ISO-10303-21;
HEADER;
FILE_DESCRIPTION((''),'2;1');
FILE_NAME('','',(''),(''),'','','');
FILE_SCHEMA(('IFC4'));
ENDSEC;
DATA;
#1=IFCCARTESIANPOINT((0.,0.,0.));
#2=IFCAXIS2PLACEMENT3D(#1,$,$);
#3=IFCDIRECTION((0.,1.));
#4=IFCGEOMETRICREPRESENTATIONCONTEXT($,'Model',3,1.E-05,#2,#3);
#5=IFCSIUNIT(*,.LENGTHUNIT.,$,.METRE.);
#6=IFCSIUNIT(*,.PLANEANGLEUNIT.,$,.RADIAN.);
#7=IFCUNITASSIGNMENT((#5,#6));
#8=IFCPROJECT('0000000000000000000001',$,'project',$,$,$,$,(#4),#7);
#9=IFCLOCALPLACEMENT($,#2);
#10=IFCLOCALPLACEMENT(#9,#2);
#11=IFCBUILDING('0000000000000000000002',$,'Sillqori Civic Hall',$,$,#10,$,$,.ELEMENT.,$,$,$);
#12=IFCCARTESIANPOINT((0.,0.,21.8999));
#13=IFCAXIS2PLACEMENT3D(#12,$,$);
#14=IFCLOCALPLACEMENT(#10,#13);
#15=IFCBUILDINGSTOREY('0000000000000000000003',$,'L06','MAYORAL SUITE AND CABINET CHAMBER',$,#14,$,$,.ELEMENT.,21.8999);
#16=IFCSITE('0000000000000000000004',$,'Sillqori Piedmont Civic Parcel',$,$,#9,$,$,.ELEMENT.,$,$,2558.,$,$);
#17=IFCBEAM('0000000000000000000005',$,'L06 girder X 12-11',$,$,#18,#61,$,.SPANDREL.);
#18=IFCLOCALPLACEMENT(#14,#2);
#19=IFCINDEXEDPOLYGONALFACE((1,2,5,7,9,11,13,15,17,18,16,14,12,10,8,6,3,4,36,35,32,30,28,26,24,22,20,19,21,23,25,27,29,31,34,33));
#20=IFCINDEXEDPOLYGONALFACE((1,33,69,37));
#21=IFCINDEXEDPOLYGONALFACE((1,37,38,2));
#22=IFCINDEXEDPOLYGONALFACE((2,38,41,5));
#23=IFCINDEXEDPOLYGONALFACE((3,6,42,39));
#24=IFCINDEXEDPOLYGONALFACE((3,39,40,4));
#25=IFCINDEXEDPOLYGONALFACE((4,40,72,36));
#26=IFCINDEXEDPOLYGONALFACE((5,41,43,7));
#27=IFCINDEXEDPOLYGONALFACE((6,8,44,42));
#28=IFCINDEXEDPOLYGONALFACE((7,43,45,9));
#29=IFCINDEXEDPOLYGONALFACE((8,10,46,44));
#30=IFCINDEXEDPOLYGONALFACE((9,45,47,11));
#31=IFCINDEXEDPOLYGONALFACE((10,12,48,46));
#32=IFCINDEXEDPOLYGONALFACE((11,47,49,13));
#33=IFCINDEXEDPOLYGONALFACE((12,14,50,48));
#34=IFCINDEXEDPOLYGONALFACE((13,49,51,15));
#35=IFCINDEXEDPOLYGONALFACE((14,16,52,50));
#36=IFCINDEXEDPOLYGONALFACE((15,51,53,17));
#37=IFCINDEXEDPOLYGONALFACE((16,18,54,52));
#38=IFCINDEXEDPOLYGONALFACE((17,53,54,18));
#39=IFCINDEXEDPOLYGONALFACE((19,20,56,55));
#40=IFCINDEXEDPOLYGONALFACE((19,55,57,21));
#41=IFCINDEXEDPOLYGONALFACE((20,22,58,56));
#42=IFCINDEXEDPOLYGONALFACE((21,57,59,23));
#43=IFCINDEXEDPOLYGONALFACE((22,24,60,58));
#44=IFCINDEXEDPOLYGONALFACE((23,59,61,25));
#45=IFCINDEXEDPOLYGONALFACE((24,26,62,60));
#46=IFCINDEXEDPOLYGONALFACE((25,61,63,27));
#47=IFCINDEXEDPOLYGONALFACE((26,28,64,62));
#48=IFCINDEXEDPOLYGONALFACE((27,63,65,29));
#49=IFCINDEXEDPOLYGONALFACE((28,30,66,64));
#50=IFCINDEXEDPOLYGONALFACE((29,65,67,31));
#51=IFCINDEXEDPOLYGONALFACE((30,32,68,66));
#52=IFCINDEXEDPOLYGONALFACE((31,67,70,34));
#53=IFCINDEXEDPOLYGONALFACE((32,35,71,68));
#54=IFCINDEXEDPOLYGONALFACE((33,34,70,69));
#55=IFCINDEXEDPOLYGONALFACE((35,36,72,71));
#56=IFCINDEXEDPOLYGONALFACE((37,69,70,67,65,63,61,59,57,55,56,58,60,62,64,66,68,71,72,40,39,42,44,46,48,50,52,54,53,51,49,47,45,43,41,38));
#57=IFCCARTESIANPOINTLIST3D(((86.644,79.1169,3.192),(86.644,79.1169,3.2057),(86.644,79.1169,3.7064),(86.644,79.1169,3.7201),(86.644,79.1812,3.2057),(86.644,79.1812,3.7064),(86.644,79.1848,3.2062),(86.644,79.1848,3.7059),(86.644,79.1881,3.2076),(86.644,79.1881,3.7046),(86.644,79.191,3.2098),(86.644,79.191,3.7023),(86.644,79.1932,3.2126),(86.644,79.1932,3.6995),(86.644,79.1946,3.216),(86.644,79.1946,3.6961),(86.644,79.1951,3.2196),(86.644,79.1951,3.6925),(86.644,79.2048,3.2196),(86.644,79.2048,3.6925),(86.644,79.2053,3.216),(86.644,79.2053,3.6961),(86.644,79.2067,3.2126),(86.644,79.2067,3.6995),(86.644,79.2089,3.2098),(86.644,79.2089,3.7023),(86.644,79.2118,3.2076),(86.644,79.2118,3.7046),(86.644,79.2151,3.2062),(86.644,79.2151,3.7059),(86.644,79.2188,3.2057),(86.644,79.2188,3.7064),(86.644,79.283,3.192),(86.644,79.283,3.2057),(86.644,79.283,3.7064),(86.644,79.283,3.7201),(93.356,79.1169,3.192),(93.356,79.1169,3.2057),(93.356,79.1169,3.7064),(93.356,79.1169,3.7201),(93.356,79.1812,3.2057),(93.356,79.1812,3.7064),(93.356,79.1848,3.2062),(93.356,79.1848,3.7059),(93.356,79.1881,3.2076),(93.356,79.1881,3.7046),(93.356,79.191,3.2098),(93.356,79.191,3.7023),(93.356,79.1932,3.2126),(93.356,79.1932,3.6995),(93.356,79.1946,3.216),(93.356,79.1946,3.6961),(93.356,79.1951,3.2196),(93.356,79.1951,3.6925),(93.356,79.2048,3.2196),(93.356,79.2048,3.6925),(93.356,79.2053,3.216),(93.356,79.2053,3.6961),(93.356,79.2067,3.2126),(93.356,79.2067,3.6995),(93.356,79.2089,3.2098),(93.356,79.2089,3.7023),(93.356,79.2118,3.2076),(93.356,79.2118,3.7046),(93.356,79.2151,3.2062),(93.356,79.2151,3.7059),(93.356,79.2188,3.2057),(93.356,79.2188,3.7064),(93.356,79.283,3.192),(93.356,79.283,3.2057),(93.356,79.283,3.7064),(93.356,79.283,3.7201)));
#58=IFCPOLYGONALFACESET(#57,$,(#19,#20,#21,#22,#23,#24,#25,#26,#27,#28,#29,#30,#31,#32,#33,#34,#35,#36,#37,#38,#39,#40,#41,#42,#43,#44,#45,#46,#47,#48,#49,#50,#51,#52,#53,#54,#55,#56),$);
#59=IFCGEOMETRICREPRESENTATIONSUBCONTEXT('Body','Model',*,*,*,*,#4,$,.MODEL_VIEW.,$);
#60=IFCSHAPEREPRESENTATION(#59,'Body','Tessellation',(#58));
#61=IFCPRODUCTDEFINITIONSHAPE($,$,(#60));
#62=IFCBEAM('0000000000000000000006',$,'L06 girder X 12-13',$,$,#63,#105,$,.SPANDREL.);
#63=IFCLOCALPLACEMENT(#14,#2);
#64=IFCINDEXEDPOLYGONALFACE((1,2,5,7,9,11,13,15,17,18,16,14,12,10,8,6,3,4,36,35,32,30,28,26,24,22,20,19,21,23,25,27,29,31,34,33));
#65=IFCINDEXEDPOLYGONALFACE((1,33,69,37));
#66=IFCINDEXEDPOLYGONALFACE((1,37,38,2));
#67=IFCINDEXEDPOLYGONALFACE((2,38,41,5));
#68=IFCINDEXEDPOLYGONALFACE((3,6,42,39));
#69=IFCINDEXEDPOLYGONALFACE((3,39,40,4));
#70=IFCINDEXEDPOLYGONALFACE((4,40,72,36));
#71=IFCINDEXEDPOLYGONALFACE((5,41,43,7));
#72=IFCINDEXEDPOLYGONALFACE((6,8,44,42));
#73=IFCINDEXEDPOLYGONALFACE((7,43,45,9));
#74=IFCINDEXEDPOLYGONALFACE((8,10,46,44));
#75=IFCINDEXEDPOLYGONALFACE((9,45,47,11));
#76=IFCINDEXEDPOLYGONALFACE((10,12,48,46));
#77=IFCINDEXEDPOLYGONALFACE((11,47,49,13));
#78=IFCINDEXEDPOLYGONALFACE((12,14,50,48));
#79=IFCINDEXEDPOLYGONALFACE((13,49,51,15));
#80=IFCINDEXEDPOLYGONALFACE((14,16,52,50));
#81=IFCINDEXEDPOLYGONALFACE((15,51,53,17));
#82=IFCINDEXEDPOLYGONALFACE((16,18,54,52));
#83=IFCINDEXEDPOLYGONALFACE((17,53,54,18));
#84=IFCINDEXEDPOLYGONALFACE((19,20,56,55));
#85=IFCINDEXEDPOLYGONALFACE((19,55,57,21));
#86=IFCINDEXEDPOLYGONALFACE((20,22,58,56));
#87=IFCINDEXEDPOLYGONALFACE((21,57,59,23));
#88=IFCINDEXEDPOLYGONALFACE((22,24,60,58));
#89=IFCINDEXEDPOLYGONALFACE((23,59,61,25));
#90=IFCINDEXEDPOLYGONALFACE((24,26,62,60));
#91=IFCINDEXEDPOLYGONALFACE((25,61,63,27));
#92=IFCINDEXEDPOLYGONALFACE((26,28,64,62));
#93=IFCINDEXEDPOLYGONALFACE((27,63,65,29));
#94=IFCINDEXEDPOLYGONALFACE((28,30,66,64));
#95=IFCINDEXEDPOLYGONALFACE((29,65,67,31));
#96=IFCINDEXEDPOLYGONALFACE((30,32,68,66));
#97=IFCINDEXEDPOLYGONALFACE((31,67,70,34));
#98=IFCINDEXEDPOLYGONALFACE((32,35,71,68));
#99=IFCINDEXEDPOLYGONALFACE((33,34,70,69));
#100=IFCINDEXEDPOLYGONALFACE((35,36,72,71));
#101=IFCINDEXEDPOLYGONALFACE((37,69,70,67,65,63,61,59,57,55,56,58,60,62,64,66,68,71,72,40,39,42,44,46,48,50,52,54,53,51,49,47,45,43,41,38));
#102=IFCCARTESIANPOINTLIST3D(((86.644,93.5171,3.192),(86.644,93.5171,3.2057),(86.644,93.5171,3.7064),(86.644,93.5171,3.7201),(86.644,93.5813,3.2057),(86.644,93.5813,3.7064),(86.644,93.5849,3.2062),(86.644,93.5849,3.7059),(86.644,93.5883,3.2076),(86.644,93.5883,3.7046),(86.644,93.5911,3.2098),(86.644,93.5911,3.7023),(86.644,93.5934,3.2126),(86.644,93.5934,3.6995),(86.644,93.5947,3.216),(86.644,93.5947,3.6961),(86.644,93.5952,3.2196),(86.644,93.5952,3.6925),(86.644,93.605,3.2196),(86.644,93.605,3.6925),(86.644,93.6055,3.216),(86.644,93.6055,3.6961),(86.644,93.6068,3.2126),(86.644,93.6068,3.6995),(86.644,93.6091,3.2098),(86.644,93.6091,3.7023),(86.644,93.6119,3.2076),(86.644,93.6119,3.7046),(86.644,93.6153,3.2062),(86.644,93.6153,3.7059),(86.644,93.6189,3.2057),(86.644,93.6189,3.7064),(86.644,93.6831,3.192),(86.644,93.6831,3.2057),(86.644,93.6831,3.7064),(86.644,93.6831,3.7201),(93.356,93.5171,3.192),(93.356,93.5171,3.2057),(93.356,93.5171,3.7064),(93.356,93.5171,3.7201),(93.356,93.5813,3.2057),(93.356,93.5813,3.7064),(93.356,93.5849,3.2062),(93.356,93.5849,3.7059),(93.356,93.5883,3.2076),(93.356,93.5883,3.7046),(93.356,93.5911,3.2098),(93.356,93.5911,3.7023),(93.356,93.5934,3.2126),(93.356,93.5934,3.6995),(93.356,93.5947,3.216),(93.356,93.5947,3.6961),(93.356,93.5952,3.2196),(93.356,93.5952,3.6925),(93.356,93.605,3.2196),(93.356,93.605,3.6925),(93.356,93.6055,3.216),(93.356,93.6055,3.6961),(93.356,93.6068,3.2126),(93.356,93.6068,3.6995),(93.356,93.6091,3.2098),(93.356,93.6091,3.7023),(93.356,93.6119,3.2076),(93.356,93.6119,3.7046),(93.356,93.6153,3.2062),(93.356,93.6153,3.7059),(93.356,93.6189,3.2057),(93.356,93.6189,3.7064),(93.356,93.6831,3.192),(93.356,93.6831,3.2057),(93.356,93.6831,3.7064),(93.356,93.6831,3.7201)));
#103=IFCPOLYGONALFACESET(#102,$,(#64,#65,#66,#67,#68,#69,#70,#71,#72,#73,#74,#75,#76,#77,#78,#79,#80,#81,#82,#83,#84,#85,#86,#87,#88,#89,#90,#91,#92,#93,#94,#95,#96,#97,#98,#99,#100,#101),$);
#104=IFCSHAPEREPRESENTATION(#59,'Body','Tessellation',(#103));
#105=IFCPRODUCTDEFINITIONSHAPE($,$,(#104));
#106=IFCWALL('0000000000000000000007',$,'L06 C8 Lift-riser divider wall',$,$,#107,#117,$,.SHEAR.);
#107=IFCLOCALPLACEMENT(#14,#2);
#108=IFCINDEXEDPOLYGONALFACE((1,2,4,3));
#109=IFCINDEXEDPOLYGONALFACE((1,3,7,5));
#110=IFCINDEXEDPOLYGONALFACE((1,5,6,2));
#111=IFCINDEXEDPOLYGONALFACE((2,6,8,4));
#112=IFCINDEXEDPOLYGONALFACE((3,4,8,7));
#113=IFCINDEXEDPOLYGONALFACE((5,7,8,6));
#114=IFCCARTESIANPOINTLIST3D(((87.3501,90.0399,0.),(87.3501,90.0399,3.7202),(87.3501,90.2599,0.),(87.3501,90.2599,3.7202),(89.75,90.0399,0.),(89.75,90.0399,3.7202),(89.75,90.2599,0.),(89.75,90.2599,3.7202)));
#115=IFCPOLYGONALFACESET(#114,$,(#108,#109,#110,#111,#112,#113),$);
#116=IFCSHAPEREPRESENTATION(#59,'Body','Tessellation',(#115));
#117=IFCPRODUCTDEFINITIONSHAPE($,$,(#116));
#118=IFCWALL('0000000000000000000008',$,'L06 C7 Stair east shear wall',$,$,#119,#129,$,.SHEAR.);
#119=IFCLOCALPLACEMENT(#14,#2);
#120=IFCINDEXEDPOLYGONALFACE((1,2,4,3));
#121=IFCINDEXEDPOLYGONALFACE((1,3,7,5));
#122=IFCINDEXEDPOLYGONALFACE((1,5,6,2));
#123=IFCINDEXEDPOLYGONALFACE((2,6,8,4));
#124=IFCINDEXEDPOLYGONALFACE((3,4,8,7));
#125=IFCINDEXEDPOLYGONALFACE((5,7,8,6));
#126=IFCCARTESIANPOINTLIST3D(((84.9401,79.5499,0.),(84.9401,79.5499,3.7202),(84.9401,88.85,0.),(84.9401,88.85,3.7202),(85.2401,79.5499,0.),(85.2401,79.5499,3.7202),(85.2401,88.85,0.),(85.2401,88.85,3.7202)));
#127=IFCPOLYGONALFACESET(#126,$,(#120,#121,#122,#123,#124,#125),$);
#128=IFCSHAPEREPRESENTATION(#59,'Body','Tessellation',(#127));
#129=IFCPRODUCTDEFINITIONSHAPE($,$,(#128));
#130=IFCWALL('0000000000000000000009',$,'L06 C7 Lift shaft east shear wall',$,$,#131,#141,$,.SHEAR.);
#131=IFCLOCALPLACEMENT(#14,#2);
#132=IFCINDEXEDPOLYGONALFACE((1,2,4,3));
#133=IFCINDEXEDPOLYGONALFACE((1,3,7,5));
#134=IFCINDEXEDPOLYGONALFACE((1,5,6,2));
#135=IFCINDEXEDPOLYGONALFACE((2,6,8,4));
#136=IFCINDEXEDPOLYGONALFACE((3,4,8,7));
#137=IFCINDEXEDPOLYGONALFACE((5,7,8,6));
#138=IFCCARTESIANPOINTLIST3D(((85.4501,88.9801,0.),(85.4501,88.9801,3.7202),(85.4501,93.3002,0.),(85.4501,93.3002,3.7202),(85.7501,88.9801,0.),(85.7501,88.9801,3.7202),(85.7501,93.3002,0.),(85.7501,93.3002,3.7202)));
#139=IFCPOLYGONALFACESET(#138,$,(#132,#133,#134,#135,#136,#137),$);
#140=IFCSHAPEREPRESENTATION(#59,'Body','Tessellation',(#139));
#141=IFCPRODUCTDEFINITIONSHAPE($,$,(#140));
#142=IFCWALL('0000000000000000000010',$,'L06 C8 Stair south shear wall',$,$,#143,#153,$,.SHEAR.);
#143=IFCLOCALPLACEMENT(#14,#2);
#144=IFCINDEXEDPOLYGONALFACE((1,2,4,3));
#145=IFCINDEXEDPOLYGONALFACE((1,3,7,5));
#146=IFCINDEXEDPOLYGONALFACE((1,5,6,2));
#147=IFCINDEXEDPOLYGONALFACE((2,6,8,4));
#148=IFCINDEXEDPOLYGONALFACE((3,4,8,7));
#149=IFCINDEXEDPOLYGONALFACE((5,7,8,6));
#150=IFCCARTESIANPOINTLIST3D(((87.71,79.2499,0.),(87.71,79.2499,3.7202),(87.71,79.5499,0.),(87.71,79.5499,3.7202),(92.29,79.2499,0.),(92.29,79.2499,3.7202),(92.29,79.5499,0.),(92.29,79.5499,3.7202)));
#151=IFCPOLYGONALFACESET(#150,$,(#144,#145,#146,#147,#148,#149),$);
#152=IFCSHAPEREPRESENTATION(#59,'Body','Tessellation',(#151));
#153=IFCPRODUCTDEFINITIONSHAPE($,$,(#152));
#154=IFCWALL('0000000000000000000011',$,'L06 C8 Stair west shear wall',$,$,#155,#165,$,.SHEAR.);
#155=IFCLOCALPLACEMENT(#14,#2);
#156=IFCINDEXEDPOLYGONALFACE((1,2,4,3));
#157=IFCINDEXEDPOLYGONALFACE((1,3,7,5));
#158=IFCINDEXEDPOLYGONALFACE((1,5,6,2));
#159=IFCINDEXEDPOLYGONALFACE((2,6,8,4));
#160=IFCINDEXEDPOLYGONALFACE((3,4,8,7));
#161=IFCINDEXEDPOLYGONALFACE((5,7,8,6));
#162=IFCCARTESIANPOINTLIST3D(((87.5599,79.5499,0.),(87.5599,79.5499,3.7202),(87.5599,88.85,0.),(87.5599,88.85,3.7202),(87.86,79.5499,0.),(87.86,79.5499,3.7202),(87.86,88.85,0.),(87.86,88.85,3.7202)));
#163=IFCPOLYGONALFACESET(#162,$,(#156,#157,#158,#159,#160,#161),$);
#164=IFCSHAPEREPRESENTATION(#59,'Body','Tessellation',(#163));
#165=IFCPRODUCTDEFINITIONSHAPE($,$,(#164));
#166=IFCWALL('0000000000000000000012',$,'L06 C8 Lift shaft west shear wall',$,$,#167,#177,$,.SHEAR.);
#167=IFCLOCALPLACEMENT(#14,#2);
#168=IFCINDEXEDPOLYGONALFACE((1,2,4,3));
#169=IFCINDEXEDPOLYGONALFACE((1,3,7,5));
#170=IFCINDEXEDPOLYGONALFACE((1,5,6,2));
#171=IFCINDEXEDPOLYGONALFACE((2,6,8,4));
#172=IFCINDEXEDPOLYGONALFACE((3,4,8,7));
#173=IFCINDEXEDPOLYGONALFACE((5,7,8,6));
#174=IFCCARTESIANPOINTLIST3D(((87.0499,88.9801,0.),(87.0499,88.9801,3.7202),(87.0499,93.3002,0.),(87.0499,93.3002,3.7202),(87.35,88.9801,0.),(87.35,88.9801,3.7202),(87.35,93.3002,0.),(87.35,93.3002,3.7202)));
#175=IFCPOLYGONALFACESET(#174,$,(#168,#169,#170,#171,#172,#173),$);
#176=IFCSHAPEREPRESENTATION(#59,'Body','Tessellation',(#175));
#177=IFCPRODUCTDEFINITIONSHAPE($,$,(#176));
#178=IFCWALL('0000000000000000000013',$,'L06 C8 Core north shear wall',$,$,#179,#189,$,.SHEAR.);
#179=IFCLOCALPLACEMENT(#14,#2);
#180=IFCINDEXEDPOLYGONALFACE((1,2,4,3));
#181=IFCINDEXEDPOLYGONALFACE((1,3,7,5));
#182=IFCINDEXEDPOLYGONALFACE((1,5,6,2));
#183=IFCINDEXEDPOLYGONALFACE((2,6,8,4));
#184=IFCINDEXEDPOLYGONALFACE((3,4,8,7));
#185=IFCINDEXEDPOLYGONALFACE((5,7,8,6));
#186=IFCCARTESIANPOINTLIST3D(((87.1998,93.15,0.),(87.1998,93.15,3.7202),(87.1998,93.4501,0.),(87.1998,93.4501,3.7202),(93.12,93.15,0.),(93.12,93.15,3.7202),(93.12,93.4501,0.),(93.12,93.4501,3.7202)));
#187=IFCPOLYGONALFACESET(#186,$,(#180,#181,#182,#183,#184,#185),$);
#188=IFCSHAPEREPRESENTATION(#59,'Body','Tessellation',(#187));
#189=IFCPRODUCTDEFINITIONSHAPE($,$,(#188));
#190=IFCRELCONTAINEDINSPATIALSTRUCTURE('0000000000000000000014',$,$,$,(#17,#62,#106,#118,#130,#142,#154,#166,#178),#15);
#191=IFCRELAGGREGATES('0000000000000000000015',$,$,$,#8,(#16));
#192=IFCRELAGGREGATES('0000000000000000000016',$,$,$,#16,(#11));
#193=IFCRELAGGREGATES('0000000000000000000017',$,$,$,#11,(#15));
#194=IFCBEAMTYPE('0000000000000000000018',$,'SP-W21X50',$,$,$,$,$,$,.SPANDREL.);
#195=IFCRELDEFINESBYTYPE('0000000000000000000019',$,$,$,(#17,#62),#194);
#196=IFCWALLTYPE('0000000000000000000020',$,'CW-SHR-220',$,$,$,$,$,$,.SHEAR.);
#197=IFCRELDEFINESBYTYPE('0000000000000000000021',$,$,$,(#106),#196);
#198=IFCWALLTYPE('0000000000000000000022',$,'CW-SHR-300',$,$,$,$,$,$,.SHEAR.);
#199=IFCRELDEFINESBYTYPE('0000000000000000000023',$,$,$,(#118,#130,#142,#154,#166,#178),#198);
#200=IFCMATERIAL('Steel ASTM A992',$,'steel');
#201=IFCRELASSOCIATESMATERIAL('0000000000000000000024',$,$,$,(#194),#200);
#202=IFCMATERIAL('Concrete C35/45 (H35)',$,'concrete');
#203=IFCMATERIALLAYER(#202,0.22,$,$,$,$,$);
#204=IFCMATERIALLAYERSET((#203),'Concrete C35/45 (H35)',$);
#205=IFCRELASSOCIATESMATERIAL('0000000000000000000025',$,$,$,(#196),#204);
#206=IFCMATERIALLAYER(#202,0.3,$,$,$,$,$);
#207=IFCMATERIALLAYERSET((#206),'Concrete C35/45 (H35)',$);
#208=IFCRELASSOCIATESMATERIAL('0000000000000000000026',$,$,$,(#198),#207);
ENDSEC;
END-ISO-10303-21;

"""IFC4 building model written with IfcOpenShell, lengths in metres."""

from ifc_helpers import new_model, si_unit, direction, frame, frame_2d, origin, origin_2d, place, context, subcontext, project, spatial, rectangle, i_section, extrude, material, layer, layer_set, material_profile, profile_set, type_object, element, save


model = new_model("IFC4")

# Units and contexts
model_context = context("Model", 3, precision=1e-05, world=origin(), true_north=direction((0.0, 1.0)))
body_context = subcontext(model_context, "Body", "Model", "MODEL_VIEW")
ifc_project = project(units=[si_unit("LENGTHUNIT", "METRE"), si_unit("PLANEANGLEUNIT", "RADIAN")], contexts=[model_context])

# Site, building, storey
site_placement = place(None, origin())
site = spatial("IfcSite", under=ifc_project, at=site_placement, Name="Sillqori Piedmont Civic Parcel", CompositionType="ELEMENT", RefElevation=2558.0)
building_placement = place(site_placement, origin())
building = spatial("IfcBuilding", under=site, at=building_placement, Name="Sillqori Civic Hall", CompositionType="ELEMENT")
storey_placement = place(building_placement, frame((0.0, 0.0, 21.8999)))
storey = spatial("IfcBuildingStorey", under=building, at=storey_placement, Name="L06", Description="MAYORAL SUITE AND CABINET CHAMBER", CompositionType="ELEMENT", Elevation=21.8999)

# Shared definitions
ifc_material_1 = material(Name="Concrete C35/45 (H35)", Category="concrete")
ifc_material_2 = material(Name="Steel ASTM A992", Category="steel")

# Beams
ifc_material_profile_1 = material_profile(ifc_material_2, i_section(OverallWidth=0.166, OverallDepth=0.5281, WebThickness=0.0098, FlangeThickness=0.0137, FilletRadius=0.0139, at=origin_2d()), Name="W21X50")
ifc_profile_set_1 = profile_set([ifc_material_profile_1], Name="Steel ASTM A992")
beam_type_1 = type_object("IfcBeamType", Name="SP-W21X50", PredefinedType="SPANDREL", material=ifc_profile_set_1)
for number, where, z_axis, x_axis, name in (
    (1, (86.644, 79.2, 3.4561), (1.0, 0.0, 0.0), (0.0, 1.0, 0.0), "L06 girder X 12-11"),
    (2, (86.644, 93.6001, 3.4561), (1.0, 0.0, 0.0), (0.0, 1.0, 0.0), "L06 girder X 12-13"),
):
    element("IfcBeam", number, at=place(storey_placement, frame(where, z_axis=z_axis, x_axis=x_axis)), inside=storey, type_object=beam_type_1, Name=name, PredefinedType="SPANDREL", context=body_context, shape_type="SweptSolid", body=[
        extrude(i_section(OverallWidth=0.166, OverallDepth=0.5281, WebThickness=0.0098, FlangeThickness=0.0137, FilletRadius=0.0139, at=origin_2d()), origin(), (0.0, 0.0, 1.0), 6.7119),
    ])

# Wall
ifc_layer_1 = layer(ifc_material_1, 0.22)
ifc_layer_set_1 = layer_set([ifc_layer_1], Name="Concrete C35/45 (H35)")
wall_type_1 = type_object("IfcWallType", Name="CW-SHR-220", PredefinedType="SHEAR", material=ifc_layer_set_1)
wall_1_placement = place(storey_placement, frame((87.3501, 90.1499, 0.0), z_axis=(0.0, 0.0, 1.0), x_axis=(1.0, 0.0, 0.0)))
element("IfcWall", 3, at=wall_1_placement, inside=storey, type_object=wall_type_1, Name="L06 C8 Lift-riser divider wall", PredefinedType="SHEAR", context=body_context, shape_type="SweptSolid", body=[
    extrude(rectangle(XDim=2.3999, YDim=0.22, at=frame_2d((1.2, 0.0))), origin(), (0.0, 0.0, 1.0), 3.7202),
])

# Walls
ifc_layer_2 = layer(ifc_material_1, 0.3)
ifc_layer_set_2 = layer_set([ifc_layer_2], Name="Concrete C35/45 (H35)")
wall_type_2 = type_object("IfcWallType", Name="CW-SHR-300", PredefinedType="SHEAR", material=ifc_layer_set_2)
wall_2_placement = place(storey_placement, frame((85.0901, 79.55, 0.0), z_axis=(0.0, 0.0, 1.0), x_axis=(0.0, 1.0, 0.0)))
element("IfcWall", 4, at=wall_2_placement, inside=storey, type_object=wall_type_2, Name="L06 C7 Stair east shear wall", PredefinedType="SHEAR", context=body_context, shape_type="SweptSolid", body=[
    extrude(rectangle(XDim=9.3, YDim=0.3, at=frame_2d((4.6499, 0.0))), origin(), (0.0, 0.0, 1.0), 3.7202),
])
wall_3_placement = place(storey_placement, frame((85.6001, 88.98, 0.0), z_axis=(0.0, 0.0, 1.0), x_axis=(0.0, 1.0, 0.0)))
element("IfcWall", 5, at=wall_3_placement, inside=storey, type_object=wall_type_2, Name="L06 C7 Lift shaft east shear wall", PredefinedType="SHEAR", context=body_context, shape_type="SweptSolid", body=[
    extrude(rectangle(XDim=4.3201, YDim=0.3, at=frame_2d((2.1602, 0.0))), origin(), (0.0, 0.0, 1.0), 3.7202),
])
wall_4_placement = place(storey_placement, frame((87.71, 79.3999, 0.0), z_axis=(0.0, 0.0, 1.0), x_axis=(1.0, 0.0, 0.0)))
element("IfcWall", 6, at=wall_4_placement, inside=storey, type_object=wall_type_2, Name="L06 C8 Stair south shear wall", PredefinedType="SHEAR", context=body_context, shape_type="SweptSolid", body=[
    extrude(rectangle(XDim=4.5801, YDim=0.3, at=frame_2d((2.29, 0.0))), origin(), (0.0, 0.0, 1.0), 3.7202),
])
wall_5_placement = place(storey_placement, frame((87.71, 79.55, 0.0), z_axis=(0.0, 0.0, 1.0), x_axis=(0.0, 1.0, 0.0)))
element("IfcWall", 7, at=wall_5_placement, inside=storey, type_object=wall_type_2, Name="L06 C8 Stair west shear wall", PredefinedType="SHEAR", context=body_context, shape_type="SweptSolid", body=[
    extrude(rectangle(XDim=9.3, YDim=0.3, at=frame_2d((4.6499, 0.0))), origin(), (0.0, 0.0, 1.0), 3.7202),
])
wall_6_placement = place(storey_placement, frame((87.2, 88.98, 0.0), z_axis=(0.0, 0.0, 1.0), x_axis=(0.0, 1.0, 0.0)))
element("IfcWall", 8, at=wall_6_placement, inside=storey, type_object=wall_type_2, Name="L06 C8 Lift shaft west shear wall", PredefinedType="SHEAR", context=body_context, shape_type="SweptSolid", body=[
    extrude(rectangle(XDim=4.3201, YDim=0.3, at=frame_2d((2.1602, 0.0))), origin(), (0.0, 0.0, 1.0), 3.7202),
])
wall_7_placement = place(storey_placement, frame((87.2, 93.3, 0.0), z_axis=(0.0, 0.0, 1.0), x_axis=(1.0, 0.0, 0.0)))
element("IfcWall", 9, at=wall_7_placement, inside=storey, type_object=wall_type_2, Name="L06 C8 Core north shear wall", PredefinedType="SHEAR", context=body_context, shape_type="SweptSolid", body=[
    extrude(rectangle(XDim=5.9202, YDim=0.3, at=frame_2d((2.96, 0.0))), origin(), (0.0, 0.0, 1.0), 3.7202),
])

save(model, "model.ifc")
